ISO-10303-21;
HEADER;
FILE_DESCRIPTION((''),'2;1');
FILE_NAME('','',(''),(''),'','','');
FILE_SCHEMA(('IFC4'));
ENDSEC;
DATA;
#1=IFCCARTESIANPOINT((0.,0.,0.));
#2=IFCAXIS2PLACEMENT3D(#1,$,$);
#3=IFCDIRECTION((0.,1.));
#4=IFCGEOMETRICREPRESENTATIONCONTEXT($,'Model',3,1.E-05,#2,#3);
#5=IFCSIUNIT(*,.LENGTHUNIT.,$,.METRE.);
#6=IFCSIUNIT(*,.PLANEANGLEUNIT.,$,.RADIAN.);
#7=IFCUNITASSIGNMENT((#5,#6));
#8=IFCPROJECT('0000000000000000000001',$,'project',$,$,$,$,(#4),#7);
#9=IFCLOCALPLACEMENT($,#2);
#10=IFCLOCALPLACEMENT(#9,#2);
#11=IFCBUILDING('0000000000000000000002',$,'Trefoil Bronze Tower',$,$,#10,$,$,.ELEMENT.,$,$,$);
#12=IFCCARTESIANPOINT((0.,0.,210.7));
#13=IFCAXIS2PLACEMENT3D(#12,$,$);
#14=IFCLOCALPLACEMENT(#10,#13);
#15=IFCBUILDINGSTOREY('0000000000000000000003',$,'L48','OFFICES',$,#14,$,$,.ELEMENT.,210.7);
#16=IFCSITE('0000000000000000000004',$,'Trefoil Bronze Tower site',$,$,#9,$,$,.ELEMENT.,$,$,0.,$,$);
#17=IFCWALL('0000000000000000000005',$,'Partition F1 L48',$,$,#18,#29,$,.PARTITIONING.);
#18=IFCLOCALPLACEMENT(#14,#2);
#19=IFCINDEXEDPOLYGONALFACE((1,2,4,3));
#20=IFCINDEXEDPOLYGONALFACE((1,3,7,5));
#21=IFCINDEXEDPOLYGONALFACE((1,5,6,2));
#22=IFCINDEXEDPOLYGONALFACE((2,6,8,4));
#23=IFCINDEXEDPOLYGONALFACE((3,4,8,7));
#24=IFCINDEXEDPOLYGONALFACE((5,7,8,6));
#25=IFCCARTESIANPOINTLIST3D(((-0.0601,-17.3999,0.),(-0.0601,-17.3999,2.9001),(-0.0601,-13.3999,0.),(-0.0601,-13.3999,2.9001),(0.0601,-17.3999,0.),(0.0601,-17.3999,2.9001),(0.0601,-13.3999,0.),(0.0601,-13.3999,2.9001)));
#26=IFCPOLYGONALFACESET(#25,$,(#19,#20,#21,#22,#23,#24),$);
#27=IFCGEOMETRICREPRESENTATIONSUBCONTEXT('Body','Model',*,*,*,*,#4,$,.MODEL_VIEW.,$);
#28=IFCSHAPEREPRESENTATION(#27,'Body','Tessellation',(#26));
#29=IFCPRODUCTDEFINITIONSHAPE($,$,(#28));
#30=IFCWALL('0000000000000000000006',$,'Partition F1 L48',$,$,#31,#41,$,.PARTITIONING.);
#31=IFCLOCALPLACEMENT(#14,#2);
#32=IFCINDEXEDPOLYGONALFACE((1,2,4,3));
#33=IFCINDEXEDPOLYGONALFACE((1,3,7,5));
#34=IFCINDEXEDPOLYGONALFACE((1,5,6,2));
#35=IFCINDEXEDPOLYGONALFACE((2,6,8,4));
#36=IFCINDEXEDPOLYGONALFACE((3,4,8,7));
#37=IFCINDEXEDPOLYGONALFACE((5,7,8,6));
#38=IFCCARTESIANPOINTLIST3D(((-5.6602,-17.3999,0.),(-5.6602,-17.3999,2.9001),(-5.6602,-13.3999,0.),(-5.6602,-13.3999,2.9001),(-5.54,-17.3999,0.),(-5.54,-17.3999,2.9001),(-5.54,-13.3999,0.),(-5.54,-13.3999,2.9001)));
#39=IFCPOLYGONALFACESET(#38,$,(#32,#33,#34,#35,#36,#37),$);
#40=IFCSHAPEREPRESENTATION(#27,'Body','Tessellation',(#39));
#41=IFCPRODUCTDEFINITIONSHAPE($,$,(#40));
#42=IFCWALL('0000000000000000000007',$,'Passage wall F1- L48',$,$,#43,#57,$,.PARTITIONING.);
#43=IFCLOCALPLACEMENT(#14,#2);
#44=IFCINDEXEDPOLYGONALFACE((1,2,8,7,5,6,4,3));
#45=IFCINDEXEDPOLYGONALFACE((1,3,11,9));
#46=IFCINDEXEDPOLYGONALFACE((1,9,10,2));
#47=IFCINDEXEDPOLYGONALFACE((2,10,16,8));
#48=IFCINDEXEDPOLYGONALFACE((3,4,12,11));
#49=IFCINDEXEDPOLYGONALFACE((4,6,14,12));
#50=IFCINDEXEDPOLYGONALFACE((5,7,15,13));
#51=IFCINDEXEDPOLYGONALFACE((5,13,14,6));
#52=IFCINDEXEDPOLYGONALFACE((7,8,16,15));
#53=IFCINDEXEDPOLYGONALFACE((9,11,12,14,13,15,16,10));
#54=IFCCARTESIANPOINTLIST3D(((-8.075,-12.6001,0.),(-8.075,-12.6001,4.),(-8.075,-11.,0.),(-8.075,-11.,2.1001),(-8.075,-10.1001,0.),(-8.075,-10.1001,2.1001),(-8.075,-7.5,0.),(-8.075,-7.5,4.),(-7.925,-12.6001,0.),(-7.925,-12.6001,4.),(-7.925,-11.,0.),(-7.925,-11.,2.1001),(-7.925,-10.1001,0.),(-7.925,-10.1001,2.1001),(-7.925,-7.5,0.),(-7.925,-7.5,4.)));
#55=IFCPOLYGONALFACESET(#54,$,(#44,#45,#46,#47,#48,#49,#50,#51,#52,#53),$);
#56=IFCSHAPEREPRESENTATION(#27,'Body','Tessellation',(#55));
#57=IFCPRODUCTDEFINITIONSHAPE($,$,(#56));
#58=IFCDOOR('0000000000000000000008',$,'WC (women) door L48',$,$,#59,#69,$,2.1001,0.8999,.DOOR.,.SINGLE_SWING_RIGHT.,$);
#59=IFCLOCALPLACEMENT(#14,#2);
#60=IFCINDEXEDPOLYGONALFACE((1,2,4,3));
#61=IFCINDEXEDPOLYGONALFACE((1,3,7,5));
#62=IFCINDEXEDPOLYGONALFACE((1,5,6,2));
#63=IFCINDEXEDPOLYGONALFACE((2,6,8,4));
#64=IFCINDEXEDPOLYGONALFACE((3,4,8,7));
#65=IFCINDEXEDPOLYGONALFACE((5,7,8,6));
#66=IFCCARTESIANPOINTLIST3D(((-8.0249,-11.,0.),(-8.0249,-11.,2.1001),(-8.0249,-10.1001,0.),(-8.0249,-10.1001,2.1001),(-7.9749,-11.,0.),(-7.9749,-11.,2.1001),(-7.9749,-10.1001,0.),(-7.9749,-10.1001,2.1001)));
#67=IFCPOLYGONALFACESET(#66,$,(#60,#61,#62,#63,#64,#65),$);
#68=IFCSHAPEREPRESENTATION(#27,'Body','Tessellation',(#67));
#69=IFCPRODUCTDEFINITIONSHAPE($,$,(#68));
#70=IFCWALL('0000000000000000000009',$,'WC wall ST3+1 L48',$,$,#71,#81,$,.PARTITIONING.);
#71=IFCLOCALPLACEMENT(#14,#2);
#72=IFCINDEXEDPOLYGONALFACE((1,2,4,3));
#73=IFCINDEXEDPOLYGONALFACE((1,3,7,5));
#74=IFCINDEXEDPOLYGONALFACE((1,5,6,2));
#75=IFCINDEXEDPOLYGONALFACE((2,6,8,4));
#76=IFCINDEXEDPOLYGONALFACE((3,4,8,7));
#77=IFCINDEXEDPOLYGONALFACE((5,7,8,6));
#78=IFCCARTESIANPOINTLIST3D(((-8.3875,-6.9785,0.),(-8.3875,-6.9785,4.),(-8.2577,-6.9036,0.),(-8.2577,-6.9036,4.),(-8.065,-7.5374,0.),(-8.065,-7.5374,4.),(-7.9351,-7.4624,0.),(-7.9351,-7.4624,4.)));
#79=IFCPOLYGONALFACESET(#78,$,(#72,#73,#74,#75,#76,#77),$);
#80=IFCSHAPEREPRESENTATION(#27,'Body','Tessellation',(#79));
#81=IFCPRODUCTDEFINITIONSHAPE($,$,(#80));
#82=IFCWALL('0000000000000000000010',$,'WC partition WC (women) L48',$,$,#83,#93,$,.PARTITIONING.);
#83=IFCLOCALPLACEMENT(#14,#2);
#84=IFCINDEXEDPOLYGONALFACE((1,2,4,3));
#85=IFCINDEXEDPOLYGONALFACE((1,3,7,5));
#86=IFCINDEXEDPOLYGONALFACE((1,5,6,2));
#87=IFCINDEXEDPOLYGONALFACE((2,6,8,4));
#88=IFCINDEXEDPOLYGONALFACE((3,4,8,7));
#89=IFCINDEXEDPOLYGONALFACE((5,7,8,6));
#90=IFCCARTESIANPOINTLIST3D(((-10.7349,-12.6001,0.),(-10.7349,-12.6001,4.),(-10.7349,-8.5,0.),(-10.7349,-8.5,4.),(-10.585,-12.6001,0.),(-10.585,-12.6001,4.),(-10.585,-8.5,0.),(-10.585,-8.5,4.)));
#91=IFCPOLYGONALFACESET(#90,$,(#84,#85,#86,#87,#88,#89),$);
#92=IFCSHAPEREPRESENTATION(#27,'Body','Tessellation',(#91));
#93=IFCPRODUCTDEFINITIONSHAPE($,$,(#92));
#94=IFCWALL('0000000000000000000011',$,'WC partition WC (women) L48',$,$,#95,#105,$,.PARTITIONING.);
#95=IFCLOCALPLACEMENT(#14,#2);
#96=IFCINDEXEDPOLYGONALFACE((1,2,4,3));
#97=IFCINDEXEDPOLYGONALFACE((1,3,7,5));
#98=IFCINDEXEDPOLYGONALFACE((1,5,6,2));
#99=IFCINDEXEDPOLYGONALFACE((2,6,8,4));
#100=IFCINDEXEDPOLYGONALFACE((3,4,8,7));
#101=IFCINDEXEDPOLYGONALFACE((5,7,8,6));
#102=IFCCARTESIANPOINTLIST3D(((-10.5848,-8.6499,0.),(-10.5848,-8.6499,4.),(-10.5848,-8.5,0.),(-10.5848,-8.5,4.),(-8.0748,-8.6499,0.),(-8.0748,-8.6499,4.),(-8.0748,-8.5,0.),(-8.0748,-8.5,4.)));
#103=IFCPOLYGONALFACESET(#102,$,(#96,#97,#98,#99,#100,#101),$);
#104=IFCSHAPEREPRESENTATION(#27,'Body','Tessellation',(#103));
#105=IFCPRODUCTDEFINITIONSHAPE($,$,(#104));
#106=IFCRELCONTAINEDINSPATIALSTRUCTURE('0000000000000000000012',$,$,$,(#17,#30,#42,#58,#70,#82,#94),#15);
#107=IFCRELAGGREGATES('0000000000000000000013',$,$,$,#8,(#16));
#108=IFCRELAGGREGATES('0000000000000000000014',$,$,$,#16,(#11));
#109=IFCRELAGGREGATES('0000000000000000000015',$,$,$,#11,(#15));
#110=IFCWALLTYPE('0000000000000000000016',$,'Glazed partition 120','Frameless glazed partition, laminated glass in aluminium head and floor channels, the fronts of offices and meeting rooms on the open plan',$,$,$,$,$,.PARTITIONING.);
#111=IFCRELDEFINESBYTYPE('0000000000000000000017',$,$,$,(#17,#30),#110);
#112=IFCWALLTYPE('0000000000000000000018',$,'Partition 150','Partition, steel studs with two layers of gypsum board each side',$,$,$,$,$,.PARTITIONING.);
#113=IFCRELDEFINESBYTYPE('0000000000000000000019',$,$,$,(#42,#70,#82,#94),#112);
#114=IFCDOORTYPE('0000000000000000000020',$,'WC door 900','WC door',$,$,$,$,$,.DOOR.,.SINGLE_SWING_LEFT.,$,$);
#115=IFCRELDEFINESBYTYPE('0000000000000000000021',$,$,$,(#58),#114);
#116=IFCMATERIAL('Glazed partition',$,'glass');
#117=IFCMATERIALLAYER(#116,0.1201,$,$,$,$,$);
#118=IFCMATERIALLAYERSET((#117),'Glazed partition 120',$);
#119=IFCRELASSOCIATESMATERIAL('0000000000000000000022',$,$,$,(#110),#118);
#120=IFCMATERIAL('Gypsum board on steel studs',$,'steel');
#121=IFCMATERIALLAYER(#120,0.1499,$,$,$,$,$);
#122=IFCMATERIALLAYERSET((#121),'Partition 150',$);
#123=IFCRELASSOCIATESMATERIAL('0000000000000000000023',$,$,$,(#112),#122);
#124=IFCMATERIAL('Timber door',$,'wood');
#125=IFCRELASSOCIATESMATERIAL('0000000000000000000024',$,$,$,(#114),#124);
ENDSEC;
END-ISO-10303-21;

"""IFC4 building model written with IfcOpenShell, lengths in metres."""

from ifc_helpers import new_model, si_unit, direction, frame, frame_2d, origin, place, context, subcontext, project, spatial, rectangle, extrude, material, layer, layer_set, type_object, element, fill, save


model = new_model("IFC4")

# Units and contexts
model_context = context("Model", 3, precision=1e-05, world=origin(), true_north=direction((0.0, 1.0)))
body_context = subcontext(model_context, "Body", "Model", "MODEL_VIEW")
ifc_project = project(units=[si_unit("LENGTHUNIT", "METRE"), si_unit("PLANEANGLEUNIT", "RADIAN")], contexts=[model_context])

# Site, building, storey
site_placement = place(None, origin())
site = spatial("IfcSite", under=ifc_project, at=site_placement, Name="Trefoil Bronze Tower site", CompositionType="ELEMENT", RefElevation=0.0)
building_placement = place(site_placement, origin())
building = spatial("IfcBuilding", under=site, at=building_placement, Name="Trefoil Bronze Tower", CompositionType="ELEMENT")
storey_placement = place(building_placement, frame((0.0, 0.0, 210.7)))
storey = spatial("IfcBuildingStorey", under=building, at=storey_placement, Name="L48", Description="OFFICES", CompositionType="ELEMENT", Elevation=210.7)

# Walls
ifc_material_1 = material(Name="Glazed partition", Category="glass")
ifc_layer_1 = layer(ifc_material_1, 0.1201)
ifc_layer_set_1 = layer_set([ifc_layer_1], Name="Glazed partition 120")
wall_type_1 = type_object("IfcWallType", Name="Glazed partition 120", Description="Frameless glazed partition, laminated glass in aluminium head and floor channels, the fronts of offices and meeting rooms on the open plan", PredefinedType="PARTITIONING", material=ifc_layer_set_1)
for number, where, z_axis, x_axis, name in (
    (1, (0.0, -13.3999, 0.0), (0.0, 0.0, 1.0), (0.0, -1.0, 0.0), "Partition F1 L48"),
    (2, (-5.6001, -13.3999, 0.0), (0.0, 0.0, 1.0), (0.0, -1.0, 0.0), "Partition F1 L48"),
):
    element("IfcWall", number, at=place(storey_placement, frame(where, z_axis=z_axis, x_axis=x_axis)), inside=storey, type_object=wall_type_1, Name=name, PredefinedType="PARTITIONING", context=body_context, shape_type="SweptSolid", body=[
        extrude(rectangle(XDim=4.0, YDim=0.1201, at=frame_2d((2.0, 0.0))), origin(), (0.0, 0.0, 1.0), 2.9001),
    ])

# Wall, opening, door
ifc_material_2 = material(Name="Gypsum board on steel studs", Category="steel")
ifc_layer_2 = layer(ifc_material_2, 0.1499)
ifc_layer_set_2 = layer_set([ifc_layer_2], Name="Partition 150")
wall_type_2 = type_object("IfcWallType", Name="Partition 150", Description="Partition, steel studs with two layers of gypsum board each side", PredefinedType="PARTITIONING", material=ifc_layer_set_2)
wall_1_placement = place(storey_placement, frame((-8.0, -7.5, 0.0), z_axis=(0.0, 0.0, 1.0), x_axis=(0.0, -1.0, 0.0)))
wall_1 = element("IfcWall", 3, at=wall_1_placement, inside=storey, type_object=wall_type_2, Name="Passage wall F1- L48", PredefinedType="PARTITIONING", context=body_context, shape_type="SweptSolid", body=[
    extrude(rectangle(XDim=5.1001, YDim=0.1499, at=frame_2d((2.55, 0.0))), origin(), (0.0, 0.0, 1.0), 4.0),
])
opening_1_placement = place(wall_1_placement, frame((2.6001, 0.0, 0.0)))
opening_1 = element("IfcOpeningElement", 4, at=opening_1_placement, cuts=wall_1, PredefinedType="OPENING", context=body_context, shape_type="SweptSolid", body=[
    extrude(rectangle(XDim=0.8999, YDim=2.1001, at=frame_2d((0.45, 1.05))), frame((0.0, 0.085, 0.0), z_axis=(0.0, -1.0, 0.0), x_axis=(1.0, 0.0, 0.0)), (0.0, 0.0, 1.0), 0.1699),
])
ifc_material_3 = material(Name="Timber door", Category="wood")
door_type_1 = type_object("IfcDoorType", Name="WC door 900", Description="WC door", OperationType="SINGLE_SWING_LEFT", PredefinedType="DOOR", material=ifc_material_3)
door_1_placement = place(opening_1_placement, frame((0.8999, 0.0, 0.0), z_axis=(0.0, 0.0, 1.0), x_axis=(-1.0, 0.0, 0.0)))
door_1 = element("IfcDoor", 5, at=door_1_placement, inside=storey, type_object=door_type_1, Name="WC (women) door L48", OperationType="SINGLE_SWING_RIGHT", OverallHeight=2.1001, OverallWidth=0.8999, PredefinedType="DOOR", context=body_context, shape_type="SweptSolid", body=[
    extrude(rectangle(XDim=0.8999, YDim=2.1001, at=frame_2d((0.45, 1.05))), frame((0.0, 0.0249, 0.0), z_axis=(0.0, -1.0, 0.0), x_axis=(1.0, 0.0, 0.0)), (0.0, 0.0, 1.0), 0.05),
])
fill(opening_1, door_1)

# Walls
wall_2_placement = place(storey_placement, frame((-8.0, -7.5, 0.0), z_axis=(0.0, 0.0, 1.0), x_axis=(-0.499843, 0.866116, 0.0)))
element("IfcWall", 6, at=wall_2_placement, inside=storey, type_object=wall_type_2, Name="WC wall ST3+1 L48", PredefinedType="PARTITIONING", context=body_context, shape_type="SweptSolid", body=[
    extrude(rectangle(XDim=0.6453, YDim=0.1499, at=frame_2d((0.3228, 0.0))), origin(), (0.0, 0.0, 1.0), 4.0),
])
wall_3_placement = place(storey_placement, frame((-10.6599, -8.5, 0.0), z_axis=(0.0, 0.0, 1.0), x_axis=(0.0, -1.0, 0.0)))
element("IfcWall", 7, at=wall_3_placement, inside=storey, type_object=wall_type_2, Name="WC partition WC (women) L48", PredefinedType="PARTITIONING", context=body_context, shape_type="SweptSolid", body=[
    extrude(rectangle(XDim=4.1001, YDim=0.1499, at=frame_2d((2.05, 0.0))), origin(), (0.0, 0.0, 1.0), 4.0),
])
wall_4_placement = place(storey_placement, frame((-8.075, -8.575, 0.0), z_axis=(0.0, 0.0, 1.0), x_axis=(-1.0, 0.0, 0.0)))
element("IfcWall", 8, at=wall_4_placement, inside=storey, type_object=wall_type_2, Name="WC partition WC (women) L48", PredefinedType="PARTITIONING", context=body_context, shape_type="SweptSolid", body=[
    extrude(rectangle(XDim=2.51, YDim=0.1499, at=frame_2d((1.2549, 0.0))), origin(), (0.0, 0.0, 1.0), 4.0),
])

save(model, "model.ifc")
